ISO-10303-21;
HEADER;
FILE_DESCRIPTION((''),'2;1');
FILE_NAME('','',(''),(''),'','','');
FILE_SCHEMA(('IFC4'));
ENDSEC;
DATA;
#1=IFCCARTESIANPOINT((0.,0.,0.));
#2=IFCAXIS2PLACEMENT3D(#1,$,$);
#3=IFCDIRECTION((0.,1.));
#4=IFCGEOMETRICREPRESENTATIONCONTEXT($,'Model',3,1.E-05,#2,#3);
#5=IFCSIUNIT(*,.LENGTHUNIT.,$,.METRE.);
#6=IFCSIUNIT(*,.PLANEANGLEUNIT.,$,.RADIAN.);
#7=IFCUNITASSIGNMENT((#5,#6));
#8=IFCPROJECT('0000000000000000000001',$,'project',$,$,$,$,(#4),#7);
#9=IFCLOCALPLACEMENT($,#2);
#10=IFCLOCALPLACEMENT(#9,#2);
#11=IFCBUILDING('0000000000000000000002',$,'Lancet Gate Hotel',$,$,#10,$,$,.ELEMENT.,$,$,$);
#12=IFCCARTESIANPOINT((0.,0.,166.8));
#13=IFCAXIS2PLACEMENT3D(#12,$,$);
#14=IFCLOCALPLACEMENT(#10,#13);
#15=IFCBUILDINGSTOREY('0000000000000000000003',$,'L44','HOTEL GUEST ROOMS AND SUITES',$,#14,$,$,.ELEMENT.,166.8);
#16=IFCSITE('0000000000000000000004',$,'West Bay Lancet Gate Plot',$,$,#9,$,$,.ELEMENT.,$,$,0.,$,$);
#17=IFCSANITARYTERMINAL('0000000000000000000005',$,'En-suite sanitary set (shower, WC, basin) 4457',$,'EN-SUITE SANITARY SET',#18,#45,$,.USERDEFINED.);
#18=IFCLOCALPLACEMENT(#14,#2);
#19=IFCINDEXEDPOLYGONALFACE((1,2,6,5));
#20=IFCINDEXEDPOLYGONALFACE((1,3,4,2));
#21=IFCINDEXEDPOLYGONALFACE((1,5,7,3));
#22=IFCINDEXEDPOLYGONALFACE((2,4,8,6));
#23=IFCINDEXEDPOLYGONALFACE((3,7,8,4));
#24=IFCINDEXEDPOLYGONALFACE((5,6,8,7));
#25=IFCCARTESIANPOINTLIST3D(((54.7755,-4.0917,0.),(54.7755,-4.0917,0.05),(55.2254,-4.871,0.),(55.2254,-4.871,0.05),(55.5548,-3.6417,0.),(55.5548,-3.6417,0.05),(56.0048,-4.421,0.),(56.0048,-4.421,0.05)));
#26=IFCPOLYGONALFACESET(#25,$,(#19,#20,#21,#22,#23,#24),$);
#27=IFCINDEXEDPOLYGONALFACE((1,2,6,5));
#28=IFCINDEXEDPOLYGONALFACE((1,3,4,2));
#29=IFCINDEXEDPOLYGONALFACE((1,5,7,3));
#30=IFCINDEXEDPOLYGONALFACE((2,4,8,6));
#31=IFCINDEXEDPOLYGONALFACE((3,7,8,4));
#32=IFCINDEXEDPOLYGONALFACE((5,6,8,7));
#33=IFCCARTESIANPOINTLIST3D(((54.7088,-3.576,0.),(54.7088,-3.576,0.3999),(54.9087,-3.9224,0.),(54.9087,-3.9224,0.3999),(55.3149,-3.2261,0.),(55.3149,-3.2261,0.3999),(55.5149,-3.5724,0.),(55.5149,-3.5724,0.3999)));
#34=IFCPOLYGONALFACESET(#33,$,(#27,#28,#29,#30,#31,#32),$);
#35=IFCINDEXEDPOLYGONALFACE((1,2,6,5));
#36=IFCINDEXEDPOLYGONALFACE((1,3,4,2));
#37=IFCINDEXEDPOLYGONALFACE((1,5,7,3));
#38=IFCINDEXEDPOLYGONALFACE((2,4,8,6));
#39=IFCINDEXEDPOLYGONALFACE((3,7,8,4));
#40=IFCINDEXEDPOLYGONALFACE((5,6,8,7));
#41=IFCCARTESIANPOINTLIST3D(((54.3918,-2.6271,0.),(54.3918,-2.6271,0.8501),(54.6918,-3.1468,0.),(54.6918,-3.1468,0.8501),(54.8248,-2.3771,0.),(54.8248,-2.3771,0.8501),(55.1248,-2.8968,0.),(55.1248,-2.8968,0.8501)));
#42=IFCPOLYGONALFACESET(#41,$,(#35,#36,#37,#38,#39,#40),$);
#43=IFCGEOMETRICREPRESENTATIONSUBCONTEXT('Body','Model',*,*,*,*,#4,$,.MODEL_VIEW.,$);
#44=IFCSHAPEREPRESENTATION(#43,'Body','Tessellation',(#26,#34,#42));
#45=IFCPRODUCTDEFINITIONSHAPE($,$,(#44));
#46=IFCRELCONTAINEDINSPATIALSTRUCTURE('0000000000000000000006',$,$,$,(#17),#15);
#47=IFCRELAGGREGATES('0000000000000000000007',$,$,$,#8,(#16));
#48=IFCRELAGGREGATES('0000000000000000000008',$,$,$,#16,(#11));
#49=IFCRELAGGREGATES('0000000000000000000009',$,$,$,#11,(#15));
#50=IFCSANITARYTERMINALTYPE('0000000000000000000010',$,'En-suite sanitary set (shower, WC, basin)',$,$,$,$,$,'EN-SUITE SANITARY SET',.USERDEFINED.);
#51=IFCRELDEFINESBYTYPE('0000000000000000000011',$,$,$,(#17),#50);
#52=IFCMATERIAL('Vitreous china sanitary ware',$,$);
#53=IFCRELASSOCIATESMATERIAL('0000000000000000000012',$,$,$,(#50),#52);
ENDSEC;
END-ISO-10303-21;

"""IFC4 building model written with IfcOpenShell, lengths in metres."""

from ifc_helpers import new_model, si_unit, direction, frame, origin, origin_2d, place, context, subcontext, project, spatial, rectangle, extrude, material, type_object, element, save


model = new_model("IFC4")

# Units and contexts
model_context = context("Model", 3, precision=1e-05, world=origin(), true_north=direction((0.0, 1.0)))
body_context = subcontext(model_context, "Body", "Model", "MODEL_VIEW")
ifc_project = project(units=[si_unit("LENGTHUNIT", "METRE"), si_unit("PLANEANGLEUNIT", "RADIAN")], contexts=[model_context])

# Site, building, storey
site_placement = place(None, origin())
site = spatial("IfcSite", under=ifc_project, at=site_placement, Name="West Bay Lancet Gate Plot", CompositionType="ELEMENT", RefElevation=0.0)
building_placement = place(site_placement, origin())
building = spatial("IfcBuilding", under=site, at=building_placement, Name="Lancet Gate Hotel", CompositionType="ELEMENT")
storey_placement = place(building_placement, frame((0.0, 0.0, 166.8)))
storey = spatial("IfcBuildingStorey", under=building, at=storey_placement, Name="L44", Description="HOTEL GUEST ROOMS AND SUITES", CompositionType="ELEMENT", Elevation=166.8)

# Sanitary terminal
ifc_material_1 = material(Name="Vitreous china sanitary ware")
sanitary_terminal_type = type_object("IfcSanitaryTerminalType", Name="En-suite sanitary set (shower, WC, basin)", ElementType="EN-SUITE SANITARY SET", PredefinedType="USERDEFINED", material=ifc_material_1)
sanitary_terminal_placement = place(storey_placement, frame((55.3901, -4.2563, 0.0), z_axis=(0.0, 0.0, 1.0), x_axis=(1.0, 0.0, 0.0)))
element("IfcSanitaryTerminal", 1, at=sanitary_terminal_placement, inside=storey, type_object=sanitary_terminal_type, Name="En-suite sanitary set (shower, WC, basin) 4457", ObjectType="EN-SUITE SANITARY SET", PredefinedType="USERDEFINED", context=body_context, shape_type="SweptSolid", body=[
    extrude(rectangle(XDim=0.8999, YDim=0.8999, at=origin_2d()), frame((0.0, 0.0, 0.0), z_axis=(0.0, 0.0, 1.0), x_axis=(0.5, -0.866025, 0.0)), (0.0, 0.0, 1.0), 0.05),
    extrude(rectangle(XDim=0.3999, YDim=0.7, at=origin_2d()), frame((-0.2783, 0.6821, 0.0), z_axis=(0.0, 0.0, 1.0), x_axis=(0.5, -0.866025, 0.0)), (0.0, 0.0, 1.0), 0.3999),
    extrude(rectangle(XDim=0.6001, YDim=0.5, at=origin_2d()), frame((-0.6318, 1.4944, 0.0), z_axis=(0.0, 0.0, 1.0), x_axis=(0.5, -0.866025, 0.0)), (0.0, 0.0, 1.0), 0.8501),
])

save(model, "model.ifc")
